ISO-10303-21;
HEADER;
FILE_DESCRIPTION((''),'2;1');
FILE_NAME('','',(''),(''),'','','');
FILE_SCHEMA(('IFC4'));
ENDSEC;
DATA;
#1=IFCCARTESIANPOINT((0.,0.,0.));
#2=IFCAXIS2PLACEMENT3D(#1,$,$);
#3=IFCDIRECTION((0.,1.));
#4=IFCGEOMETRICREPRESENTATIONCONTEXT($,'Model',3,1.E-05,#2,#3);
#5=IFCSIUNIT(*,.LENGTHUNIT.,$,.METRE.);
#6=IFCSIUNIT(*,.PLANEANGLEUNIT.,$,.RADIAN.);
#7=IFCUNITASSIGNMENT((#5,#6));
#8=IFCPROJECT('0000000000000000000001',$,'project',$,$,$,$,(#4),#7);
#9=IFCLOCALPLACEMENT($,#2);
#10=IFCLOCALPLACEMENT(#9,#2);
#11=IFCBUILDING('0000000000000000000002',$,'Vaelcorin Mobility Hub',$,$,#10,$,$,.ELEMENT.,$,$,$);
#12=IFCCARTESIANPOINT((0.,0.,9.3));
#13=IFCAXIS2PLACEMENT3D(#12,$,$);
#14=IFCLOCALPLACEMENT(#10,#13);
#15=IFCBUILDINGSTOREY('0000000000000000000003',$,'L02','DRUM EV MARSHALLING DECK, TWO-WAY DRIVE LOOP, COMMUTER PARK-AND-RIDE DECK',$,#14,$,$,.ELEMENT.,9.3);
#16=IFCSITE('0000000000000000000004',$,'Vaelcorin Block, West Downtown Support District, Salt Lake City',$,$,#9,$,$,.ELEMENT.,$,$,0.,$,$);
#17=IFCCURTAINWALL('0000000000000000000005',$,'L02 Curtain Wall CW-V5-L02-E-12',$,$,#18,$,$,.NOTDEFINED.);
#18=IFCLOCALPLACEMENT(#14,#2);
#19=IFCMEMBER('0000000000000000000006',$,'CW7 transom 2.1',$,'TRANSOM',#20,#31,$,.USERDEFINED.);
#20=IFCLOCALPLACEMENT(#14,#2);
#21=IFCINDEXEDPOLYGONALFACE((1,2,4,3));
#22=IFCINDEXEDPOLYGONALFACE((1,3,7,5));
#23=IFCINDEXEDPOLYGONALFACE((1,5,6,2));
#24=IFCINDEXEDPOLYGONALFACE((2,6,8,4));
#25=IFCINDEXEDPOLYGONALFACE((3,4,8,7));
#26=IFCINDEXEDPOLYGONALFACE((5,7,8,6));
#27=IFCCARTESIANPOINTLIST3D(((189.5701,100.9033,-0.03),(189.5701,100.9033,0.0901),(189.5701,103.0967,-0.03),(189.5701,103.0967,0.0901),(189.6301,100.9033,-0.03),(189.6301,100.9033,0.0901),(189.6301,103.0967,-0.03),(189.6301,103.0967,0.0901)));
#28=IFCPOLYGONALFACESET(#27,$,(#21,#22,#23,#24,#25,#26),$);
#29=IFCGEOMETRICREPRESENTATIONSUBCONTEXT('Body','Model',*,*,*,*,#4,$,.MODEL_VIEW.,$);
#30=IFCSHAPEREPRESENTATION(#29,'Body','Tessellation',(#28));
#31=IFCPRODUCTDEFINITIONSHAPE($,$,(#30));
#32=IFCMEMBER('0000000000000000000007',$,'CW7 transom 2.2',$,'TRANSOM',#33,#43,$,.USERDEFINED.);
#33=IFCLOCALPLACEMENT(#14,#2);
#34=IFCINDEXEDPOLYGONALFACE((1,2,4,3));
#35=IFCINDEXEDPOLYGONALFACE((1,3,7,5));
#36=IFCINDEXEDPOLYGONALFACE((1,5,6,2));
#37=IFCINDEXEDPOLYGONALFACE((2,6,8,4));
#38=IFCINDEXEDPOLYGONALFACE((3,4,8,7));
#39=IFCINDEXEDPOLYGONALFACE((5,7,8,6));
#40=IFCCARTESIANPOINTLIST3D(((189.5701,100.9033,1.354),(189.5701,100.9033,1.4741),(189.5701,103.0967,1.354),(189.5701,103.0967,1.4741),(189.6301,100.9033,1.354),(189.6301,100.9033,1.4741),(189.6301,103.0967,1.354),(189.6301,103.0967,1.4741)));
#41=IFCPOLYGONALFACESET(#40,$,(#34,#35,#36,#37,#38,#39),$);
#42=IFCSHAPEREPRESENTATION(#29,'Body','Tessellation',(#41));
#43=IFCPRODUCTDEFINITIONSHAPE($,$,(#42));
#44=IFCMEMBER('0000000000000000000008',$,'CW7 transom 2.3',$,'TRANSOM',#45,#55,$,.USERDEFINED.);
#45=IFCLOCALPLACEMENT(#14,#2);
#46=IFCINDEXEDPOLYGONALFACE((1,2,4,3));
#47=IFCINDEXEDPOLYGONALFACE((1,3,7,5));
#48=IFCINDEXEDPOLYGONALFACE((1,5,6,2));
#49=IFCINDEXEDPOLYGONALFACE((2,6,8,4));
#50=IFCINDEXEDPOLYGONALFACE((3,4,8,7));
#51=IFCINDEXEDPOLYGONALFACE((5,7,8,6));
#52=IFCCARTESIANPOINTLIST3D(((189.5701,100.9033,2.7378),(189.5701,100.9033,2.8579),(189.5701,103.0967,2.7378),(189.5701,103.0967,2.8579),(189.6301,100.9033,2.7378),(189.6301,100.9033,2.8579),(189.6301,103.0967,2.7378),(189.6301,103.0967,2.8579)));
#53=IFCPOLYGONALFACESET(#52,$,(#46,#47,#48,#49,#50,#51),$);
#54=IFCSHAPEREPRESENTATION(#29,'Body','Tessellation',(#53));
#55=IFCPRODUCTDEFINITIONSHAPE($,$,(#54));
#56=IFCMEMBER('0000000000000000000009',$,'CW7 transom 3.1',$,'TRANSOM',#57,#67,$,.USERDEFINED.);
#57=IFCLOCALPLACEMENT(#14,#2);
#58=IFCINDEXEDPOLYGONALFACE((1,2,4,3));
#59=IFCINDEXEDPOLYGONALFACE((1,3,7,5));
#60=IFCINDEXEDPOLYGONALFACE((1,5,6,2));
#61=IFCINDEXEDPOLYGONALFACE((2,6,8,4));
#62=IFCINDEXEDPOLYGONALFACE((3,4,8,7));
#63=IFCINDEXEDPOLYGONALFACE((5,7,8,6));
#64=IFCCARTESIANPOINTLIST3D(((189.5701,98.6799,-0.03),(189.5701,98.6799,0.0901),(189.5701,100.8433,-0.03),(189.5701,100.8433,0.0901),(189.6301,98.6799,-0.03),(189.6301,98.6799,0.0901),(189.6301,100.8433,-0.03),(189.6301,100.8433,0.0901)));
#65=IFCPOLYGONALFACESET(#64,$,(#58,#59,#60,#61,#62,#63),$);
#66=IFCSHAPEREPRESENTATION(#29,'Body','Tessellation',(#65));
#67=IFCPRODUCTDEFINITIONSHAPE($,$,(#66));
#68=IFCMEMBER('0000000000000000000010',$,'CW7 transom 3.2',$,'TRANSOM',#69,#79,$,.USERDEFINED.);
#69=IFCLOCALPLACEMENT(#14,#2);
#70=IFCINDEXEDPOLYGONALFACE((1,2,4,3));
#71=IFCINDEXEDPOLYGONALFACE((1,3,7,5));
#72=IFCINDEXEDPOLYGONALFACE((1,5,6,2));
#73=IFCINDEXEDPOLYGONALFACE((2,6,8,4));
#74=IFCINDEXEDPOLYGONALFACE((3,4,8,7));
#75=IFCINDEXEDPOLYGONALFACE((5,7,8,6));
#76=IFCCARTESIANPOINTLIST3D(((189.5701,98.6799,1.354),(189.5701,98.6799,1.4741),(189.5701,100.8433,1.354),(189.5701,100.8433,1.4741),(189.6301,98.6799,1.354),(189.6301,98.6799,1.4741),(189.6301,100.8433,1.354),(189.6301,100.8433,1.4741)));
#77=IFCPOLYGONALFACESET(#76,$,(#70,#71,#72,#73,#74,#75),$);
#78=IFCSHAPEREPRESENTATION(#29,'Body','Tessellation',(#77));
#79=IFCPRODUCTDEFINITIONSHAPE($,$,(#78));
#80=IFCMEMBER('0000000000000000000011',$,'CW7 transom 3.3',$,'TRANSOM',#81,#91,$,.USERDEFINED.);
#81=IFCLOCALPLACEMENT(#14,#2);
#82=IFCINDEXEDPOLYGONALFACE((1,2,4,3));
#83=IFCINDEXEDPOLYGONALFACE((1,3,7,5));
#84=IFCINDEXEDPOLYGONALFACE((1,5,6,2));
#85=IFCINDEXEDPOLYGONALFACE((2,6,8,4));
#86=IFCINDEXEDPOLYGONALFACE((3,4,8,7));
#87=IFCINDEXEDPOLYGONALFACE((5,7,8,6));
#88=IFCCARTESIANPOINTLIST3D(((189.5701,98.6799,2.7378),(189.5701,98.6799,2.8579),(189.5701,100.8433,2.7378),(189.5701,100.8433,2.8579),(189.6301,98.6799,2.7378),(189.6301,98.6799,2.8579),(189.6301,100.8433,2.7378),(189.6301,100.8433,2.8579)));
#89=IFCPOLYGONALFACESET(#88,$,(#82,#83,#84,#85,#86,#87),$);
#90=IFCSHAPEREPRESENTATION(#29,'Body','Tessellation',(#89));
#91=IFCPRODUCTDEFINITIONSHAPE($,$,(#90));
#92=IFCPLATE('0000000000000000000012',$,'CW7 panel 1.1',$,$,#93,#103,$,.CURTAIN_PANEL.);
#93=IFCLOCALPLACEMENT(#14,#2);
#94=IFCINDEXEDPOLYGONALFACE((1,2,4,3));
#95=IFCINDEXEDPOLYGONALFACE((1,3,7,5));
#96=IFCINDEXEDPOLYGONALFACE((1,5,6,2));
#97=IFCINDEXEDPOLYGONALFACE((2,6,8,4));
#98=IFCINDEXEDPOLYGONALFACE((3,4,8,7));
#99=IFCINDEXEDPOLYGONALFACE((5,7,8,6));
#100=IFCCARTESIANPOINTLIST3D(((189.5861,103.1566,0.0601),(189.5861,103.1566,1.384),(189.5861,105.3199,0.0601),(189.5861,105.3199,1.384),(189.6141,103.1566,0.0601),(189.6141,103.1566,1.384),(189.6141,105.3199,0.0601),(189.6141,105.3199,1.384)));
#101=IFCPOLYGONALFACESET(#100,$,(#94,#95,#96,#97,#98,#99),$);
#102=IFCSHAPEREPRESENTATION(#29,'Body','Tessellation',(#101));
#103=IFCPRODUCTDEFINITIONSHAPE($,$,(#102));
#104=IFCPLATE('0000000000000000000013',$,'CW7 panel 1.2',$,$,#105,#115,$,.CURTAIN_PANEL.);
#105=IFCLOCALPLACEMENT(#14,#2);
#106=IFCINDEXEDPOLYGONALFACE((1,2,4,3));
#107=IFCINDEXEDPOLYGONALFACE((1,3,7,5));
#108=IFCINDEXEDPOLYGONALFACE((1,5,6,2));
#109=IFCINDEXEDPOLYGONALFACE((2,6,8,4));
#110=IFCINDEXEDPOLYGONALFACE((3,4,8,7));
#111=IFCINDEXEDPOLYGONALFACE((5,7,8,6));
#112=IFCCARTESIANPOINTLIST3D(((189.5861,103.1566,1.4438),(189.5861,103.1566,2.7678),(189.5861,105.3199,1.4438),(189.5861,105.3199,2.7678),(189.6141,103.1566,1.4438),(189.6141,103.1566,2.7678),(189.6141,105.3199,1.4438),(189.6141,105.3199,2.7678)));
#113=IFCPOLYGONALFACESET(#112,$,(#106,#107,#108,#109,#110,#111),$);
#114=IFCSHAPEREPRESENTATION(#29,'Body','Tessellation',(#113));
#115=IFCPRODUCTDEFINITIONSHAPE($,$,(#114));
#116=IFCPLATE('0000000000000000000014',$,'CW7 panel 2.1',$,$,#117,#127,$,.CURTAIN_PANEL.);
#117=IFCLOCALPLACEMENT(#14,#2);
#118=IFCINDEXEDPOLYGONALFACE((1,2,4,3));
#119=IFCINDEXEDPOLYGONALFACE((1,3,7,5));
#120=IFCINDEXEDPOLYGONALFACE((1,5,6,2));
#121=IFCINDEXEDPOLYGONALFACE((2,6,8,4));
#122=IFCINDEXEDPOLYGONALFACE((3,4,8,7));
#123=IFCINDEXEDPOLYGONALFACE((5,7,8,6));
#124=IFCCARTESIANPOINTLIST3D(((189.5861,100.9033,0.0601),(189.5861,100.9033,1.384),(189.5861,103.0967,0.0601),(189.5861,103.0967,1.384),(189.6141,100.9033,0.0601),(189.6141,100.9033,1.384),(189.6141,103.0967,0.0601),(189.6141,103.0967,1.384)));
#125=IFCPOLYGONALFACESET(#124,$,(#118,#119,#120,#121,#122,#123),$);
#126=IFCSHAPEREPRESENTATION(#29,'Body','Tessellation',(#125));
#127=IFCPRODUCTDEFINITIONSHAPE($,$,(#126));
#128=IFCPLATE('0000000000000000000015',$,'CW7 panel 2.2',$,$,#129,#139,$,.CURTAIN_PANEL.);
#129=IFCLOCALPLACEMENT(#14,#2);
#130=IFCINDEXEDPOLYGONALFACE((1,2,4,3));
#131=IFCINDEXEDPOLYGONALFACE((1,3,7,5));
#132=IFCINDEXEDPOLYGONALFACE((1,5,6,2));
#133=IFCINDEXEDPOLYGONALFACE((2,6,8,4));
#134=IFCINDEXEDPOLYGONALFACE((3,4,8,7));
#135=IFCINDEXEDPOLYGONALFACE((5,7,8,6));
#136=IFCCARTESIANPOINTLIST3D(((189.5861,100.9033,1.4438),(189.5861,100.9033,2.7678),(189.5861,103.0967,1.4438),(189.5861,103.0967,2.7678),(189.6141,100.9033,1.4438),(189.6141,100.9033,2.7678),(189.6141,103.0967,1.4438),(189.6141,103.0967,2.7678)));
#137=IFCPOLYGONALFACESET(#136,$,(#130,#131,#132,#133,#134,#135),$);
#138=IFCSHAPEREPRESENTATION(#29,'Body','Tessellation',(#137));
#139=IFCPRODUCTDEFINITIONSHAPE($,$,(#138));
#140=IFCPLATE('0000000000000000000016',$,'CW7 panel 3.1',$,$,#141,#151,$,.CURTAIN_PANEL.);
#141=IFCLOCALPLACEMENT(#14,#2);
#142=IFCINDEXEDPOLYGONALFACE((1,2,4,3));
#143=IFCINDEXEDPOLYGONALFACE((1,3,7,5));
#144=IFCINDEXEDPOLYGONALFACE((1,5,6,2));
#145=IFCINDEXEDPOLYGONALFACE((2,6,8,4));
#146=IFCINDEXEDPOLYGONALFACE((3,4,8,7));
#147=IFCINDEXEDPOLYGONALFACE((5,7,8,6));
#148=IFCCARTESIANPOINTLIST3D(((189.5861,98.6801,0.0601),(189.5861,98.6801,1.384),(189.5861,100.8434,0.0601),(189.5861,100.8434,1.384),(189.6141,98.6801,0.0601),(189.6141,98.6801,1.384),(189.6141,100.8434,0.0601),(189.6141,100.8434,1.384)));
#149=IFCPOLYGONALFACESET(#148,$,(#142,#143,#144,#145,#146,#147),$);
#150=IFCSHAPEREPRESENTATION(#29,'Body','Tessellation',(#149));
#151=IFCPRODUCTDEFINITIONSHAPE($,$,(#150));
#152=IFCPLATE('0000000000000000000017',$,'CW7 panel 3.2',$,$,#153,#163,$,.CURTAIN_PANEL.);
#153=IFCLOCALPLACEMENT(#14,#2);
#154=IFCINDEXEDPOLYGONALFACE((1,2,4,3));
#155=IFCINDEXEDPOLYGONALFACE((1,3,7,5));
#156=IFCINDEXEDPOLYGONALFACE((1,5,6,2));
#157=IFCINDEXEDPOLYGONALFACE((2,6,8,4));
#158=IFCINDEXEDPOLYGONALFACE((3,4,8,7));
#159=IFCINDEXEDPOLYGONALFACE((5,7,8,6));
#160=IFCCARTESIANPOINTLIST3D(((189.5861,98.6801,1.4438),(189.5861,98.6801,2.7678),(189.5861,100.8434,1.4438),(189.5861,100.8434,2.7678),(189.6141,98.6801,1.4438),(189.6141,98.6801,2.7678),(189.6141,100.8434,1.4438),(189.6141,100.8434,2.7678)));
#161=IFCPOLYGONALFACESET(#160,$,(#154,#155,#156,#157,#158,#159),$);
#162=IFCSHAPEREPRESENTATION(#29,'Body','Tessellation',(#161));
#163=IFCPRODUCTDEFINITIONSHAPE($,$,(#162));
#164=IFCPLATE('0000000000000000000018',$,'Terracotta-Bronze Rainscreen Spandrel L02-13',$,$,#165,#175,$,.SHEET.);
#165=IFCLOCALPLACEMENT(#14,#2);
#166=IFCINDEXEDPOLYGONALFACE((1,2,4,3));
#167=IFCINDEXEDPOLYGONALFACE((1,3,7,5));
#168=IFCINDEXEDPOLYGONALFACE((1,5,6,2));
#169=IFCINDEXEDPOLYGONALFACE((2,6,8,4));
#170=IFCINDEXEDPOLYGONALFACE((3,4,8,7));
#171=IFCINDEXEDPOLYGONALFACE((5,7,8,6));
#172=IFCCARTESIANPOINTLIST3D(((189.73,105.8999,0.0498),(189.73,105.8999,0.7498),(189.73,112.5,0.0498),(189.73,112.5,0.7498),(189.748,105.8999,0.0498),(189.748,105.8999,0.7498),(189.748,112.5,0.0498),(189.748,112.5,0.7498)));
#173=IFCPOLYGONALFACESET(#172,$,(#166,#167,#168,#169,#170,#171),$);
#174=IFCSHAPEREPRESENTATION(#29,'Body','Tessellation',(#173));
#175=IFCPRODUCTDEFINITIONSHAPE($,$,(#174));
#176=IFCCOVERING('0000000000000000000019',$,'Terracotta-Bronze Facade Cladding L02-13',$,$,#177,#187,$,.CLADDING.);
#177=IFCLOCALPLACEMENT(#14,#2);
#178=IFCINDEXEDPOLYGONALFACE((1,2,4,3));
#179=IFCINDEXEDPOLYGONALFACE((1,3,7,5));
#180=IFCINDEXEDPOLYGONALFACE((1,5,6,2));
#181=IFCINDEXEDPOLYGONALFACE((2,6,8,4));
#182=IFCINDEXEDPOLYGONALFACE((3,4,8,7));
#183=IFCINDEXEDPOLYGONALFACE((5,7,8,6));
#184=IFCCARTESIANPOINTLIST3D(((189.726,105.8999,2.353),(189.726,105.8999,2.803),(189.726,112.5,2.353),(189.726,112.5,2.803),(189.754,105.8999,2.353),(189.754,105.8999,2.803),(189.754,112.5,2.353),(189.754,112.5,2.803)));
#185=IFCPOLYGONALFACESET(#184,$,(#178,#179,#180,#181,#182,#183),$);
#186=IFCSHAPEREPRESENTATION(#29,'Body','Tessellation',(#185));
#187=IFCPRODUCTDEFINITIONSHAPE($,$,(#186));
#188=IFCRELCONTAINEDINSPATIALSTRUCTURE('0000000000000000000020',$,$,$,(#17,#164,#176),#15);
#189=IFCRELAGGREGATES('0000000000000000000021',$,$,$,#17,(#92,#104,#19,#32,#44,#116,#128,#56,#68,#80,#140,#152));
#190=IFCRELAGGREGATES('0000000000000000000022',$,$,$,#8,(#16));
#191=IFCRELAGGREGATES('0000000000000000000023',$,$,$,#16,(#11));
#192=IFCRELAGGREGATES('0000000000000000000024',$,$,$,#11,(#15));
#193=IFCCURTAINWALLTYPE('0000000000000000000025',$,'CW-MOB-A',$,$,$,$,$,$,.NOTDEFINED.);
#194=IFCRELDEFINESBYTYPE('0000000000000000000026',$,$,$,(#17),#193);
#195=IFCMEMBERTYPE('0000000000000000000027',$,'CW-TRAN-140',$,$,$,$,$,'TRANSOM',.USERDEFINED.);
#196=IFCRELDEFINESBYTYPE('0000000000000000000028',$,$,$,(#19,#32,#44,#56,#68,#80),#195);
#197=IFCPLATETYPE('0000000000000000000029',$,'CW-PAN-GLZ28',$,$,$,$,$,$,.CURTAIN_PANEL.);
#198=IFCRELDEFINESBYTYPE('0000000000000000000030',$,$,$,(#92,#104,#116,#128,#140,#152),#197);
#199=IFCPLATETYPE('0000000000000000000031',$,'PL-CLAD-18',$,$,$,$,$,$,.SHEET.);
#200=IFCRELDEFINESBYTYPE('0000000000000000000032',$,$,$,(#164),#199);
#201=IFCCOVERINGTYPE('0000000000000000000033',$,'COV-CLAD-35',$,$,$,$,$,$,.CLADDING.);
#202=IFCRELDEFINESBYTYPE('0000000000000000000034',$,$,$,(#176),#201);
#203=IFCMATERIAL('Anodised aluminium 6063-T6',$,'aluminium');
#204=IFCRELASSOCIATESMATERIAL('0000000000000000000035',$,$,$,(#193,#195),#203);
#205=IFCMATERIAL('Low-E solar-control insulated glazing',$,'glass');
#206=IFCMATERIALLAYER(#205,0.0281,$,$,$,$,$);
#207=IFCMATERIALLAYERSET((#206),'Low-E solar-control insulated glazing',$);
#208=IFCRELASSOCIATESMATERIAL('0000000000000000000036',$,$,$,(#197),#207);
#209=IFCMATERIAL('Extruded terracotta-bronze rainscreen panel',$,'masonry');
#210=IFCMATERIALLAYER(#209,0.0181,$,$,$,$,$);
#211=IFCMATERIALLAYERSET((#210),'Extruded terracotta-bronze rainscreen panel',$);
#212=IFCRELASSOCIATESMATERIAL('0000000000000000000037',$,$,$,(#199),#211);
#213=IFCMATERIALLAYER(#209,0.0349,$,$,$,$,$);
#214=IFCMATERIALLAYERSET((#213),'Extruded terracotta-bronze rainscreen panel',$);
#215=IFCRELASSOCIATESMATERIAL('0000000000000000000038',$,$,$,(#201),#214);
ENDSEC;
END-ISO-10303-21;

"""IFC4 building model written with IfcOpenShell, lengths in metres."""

from ifc_helpers import new_model, si_unit, direction, frame, origin, origin_2d, place, context, subcontext, project, spatial, rectangle, extrude, material, layer, layer_set, material_profile, profile_set, type_object, element, aggregate, save


model = new_model("IFC4")

# Units and contexts
model_context = context("Model", 3, precision=1e-05, world=origin(), true_north=direction((0.0, 1.0)))
body_context = subcontext(model_context, "Body", "Model", "MODEL_VIEW")
ifc_project = project(units=[si_unit("LENGTHUNIT", "METRE"), si_unit("PLANEANGLEUNIT", "RADIAN")], contexts=[model_context])

# Site, building, storey
site_placement = place(None, origin())
site = spatial("IfcSite", under=ifc_project, at=site_placement, Name="Vaelcorin Block, West Downtown Support District, Salt Lake City", CompositionType="ELEMENT", RefElevation=0.0)
building_placement = place(site_placement, origin())
building = spatial("IfcBuilding", under=site, at=building_placement, Name="Vaelcorin Mobility Hub", CompositionType="ELEMENT")
storey_placement = place(building_placement, frame((0.0, 0.0, 9.3)))
storey = spatial("IfcBuildingStorey", under=building, at=storey_placement, Name="L02", Description="DRUM EV MARSHALLING DECK, TWO-WAY DRIVE LOOP, COMMUTER PARK-AND-RIDE DECK", CompositionType="ELEMENT", Elevation=9.3)

# Curtain wall, members, plates
ifc_material_1 = material(Name="Anodised aluminium 6063-T6", Category="aluminium")
curtain_wall_type = type_object("IfcCurtainWallType", Name="CW-MOB-A", PredefinedType="NOTDEFINED", material=ifc_material_1)
curtain_wall_placement = place(storey_placement, origin())
curtain_wall = element("IfcCurtainWall", 1, at=curtain_wall_placement, inside=storey, type_object=curtain_wall_type, Name="L02 Curtain Wall CW-V5-L02-E-12", PredefinedType="NOTDEFINED")
ifc_material_profile_1 = material_profile(ifc_material_1, rectangle(XDim=0.0601, YDim=0.1201, at=origin_2d()), Name="ALU-T60X120")
ifc_profile_set_1 = profile_set([ifc_material_profile_1], Name="Anodised aluminium 6063-T6")
member_type_1 = type_object("IfcMemberType", Name="CW-TRAN-140", ElementType="TRANSOM", PredefinedType="USERDEFINED", material=ifc_profile_set_1)
member_1_placement = place(storey_placement, frame((189.6001, 103.0967, 0.03), z_axis=(0.0, -1.0, 0.0), x_axis=(1.0, 0.0, 0.0)))
member_1 = element("IfcMember", 2, at=member_1_placement, type_object=member_type_1, Name="CW7 transom 2.1", ObjectType="TRANSOM", PredefinedType="USERDEFINED", context=body_context, shape_type="SweptSolid", body=[
    extrude(rectangle(XDim=0.0601, YDim=0.1201, at=origin_2d()), origin(), (0.0, 0.0, 1.0), 2.1934),
])
member_2_placement = place(storey_placement, frame((189.6001, 103.0967, 1.4141), z_axis=(0.0, -1.0, 0.0), x_axis=(1.0, 0.0, 0.0)))
member_2 = element("IfcMember", 3, at=member_2_placement, type_object=member_type_1, Name="CW7 transom 2.2", ObjectType="TRANSOM", PredefinedType="USERDEFINED", context=body_context, shape_type="SweptSolid", body=[
    extrude(rectangle(XDim=0.0601, YDim=0.1201, at=origin_2d()), origin(), (0.0, 0.0, 1.0), 2.1934),
])
member_3_placement = place(storey_placement, frame((189.6001, 103.0967, 2.7979), z_axis=(0.0, -1.0, 0.0), x_axis=(1.0, 0.0, 0.0)))
member_3 = element("IfcMember", 4, at=member_3_placement, type_object=member_type_1, Name="CW7 transom 2.3", ObjectType="TRANSOM", PredefinedType="USERDEFINED", context=body_context, shape_type="SweptSolid", body=[
    extrude(rectangle(XDim=0.0601, YDim=0.1201, at=origin_2d()), origin(), (0.0, 0.0, 1.0), 2.1934),
])
member_4_placement = place(storey_placement, frame((189.6001, 100.8433, 0.03), z_axis=(0.0, -1.0, 0.0), x_axis=(1.0, 0.0, 0.0)))
member_4 = element("IfcMember", 5, at=member_4_placement, type_object=member_type_1, Name="CW7 transom 3.1", ObjectType="TRANSOM", PredefinedType="USERDEFINED", context=body_context, shape_type="SweptSolid", body=[
    extrude(rectangle(XDim=0.0601, YDim=0.1201, at=origin_2d()), origin(), (0.0, 0.0, 1.0), 2.1633),
])
member_5_placement = place(storey_placement, frame((189.6001, 100.8433, 1.4141), z_axis=(0.0, -1.0, 0.0), x_axis=(1.0, 0.0, 0.0)))
member_5 = element("IfcMember", 6, at=member_5_placement, type_object=member_type_1, Name="CW7 transom 3.2", ObjectType="TRANSOM", PredefinedType="USERDEFINED", context=body_context, shape_type="SweptSolid", body=[
    extrude(rectangle(XDim=0.0601, YDim=0.1201, at=origin_2d()), origin(), (0.0, 0.0, 1.0), 2.1633),
])
member_6_placement = place(storey_placement, frame((189.6001, 100.8433, 2.7979), z_axis=(0.0, -1.0, 0.0), x_axis=(1.0, 0.0, 0.0)))
member_6 = element("IfcMember", 7, at=member_6_placement, type_object=member_type_1, Name="CW7 transom 3.3", ObjectType="TRANSOM", PredefinedType="USERDEFINED", context=body_context, shape_type="SweptSolid", body=[
    extrude(rectangle(XDim=0.0601, YDim=0.1201, at=origin_2d()), origin(), (0.0, 0.0, 1.0), 2.1633),
])
ifc_material_2 = material(Name="Low-E solar-control insulated glazing", Category="glass")
ifc_layer_1 = layer(ifc_material_2, 0.0281)
ifc_layer_set_1 = layer_set([ifc_layer_1], Name="Low-E solar-control insulated glazing")
plate_type_1 = type_object("IfcPlateType", Name="CW-PAN-GLZ28", PredefinedType="CURTAIN_PANEL", material=ifc_layer_set_1)
plate_1_placement = place(storey_placement, frame((189.6001, 104.2383, 0.0601), z_axis=(0.0, 0.0, 1.0), x_axis=(0.0, -1.0, 0.0)))
plate_1 = element("IfcPlate", 8, at=plate_1_placement, type_object=plate_type_1, Name="CW7 panel 1.1", PredefinedType="CURTAIN_PANEL", context=body_context, shape_type="SweptSolid", body=[
    extrude(rectangle(XDim=2.1633, YDim=0.0281, at=origin_2d()), origin(), (0.0, 0.0, 1.0), 1.324),
])
plate_2_placement = place(storey_placement, frame((189.6001, 104.2383, 1.4438), z_axis=(0.0, 0.0, 1.0), x_axis=(0.0, -1.0, 0.0)))
plate_2 = element("IfcPlate", 9, at=plate_2_placement, type_object=plate_type_1, Name="CW7 panel 1.2", PredefinedType="CURTAIN_PANEL", context=body_context, shape_type="SweptSolid", body=[
    extrude(rectangle(XDim=2.1633, YDim=0.0281, at=origin_2d()), origin(), (0.0, 0.0, 1.0), 1.324),
])
plate_3_placement = place(storey_placement, frame((189.6001, 102.0, 0.0601), z_axis=(0.0, 0.0, 1.0), x_axis=(0.0, -1.0, 0.0)))
plate_3 = element("IfcPlate", 10, at=plate_3_placement, type_object=plate_type_1, Name="CW7 panel 2.1", PredefinedType="CURTAIN_PANEL", context=body_context, shape_type="SweptSolid", body=[
    extrude(rectangle(XDim=2.1934, YDim=0.0281, at=origin_2d()), origin(), (0.0, 0.0, 1.0), 1.324),
])
plate_4_placement = place(storey_placement, frame((189.6001, 102.0, 1.4438), z_axis=(0.0, 0.0, 1.0), x_axis=(0.0, -1.0, 0.0)))
plate_4 = element("IfcPlate", 11, at=plate_4_placement, type_object=plate_type_1, Name="CW7 panel 2.2", PredefinedType="CURTAIN_PANEL", context=body_context, shape_type="SweptSolid", body=[
    extrude(rectangle(XDim=2.1934, YDim=0.0281, at=origin_2d()), origin(), (0.0, 0.0, 1.0), 1.324),
])
plate_5_placement = place(storey_placement, frame((189.6001, 99.7617, 0.0601), z_axis=(0.0, 0.0, 1.0), x_axis=(0.0, -1.0, 0.0)))
plate_5 = element("IfcPlate", 12, at=plate_5_placement, type_object=plate_type_1, Name="CW7 panel 3.1", PredefinedType="CURTAIN_PANEL", context=body_context, shape_type="SweptSolid", body=[
    extrude(rectangle(XDim=2.1633, YDim=0.0281, at=origin_2d()), origin(), (0.0, 0.0, 1.0), 1.324),
])
plate_6_placement = place(storey_placement, frame((189.6001, 99.7617, 1.4438), z_axis=(0.0, 0.0, 1.0), x_axis=(0.0, -1.0, 0.0)))
plate_6 = element("IfcPlate", 13, at=plate_6_placement, type_object=plate_type_1, Name="CW7 panel 3.2", PredefinedType="CURTAIN_PANEL", context=body_context, shape_type="SweptSolid", body=[
    extrude(rectangle(XDim=2.1633, YDim=0.0281, at=origin_2d()), origin(), (0.0, 0.0, 1.0), 1.324),
])
aggregate(curtain_wall, [plate_1, plate_2, member_1, member_2, member_3, plate_3, plate_4, member_4, member_5, member_6, plate_5, plate_6])

# Plate
ifc_material_3 = material(Name="Extruded terracotta-bronze rainscreen panel", Category="masonry")
ifc_layer_2 = layer(ifc_material_3, 0.0181)
ifc_layer_set_2 = layer_set([ifc_layer_2], Name="Extruded terracotta-bronze rainscreen panel")
plate_type_2 = type_object("IfcPlateType", Name="PL-CLAD-18", PredefinedType="SHEET", material=ifc_layer_set_2)
plate_7_placement = place(storey_placement, frame((189.739, 109.2, 0.0498), z_axis=(0.0, 0.0, 1.0), x_axis=(1.0, 0.0, 0.0)))
element("IfcPlate", 14, at=plate_7_placement, inside=storey, type_object=plate_type_2, Name="Terracotta-Bronze Rainscreen Spandrel L02-13", PredefinedType="SHEET", context=body_context, shape_type="SweptSolid", body=[
    extrude(rectangle(XDim=0.0181, YDim=6.6001, at=origin_2d()), origin(), (0.0, 0.0, 1.0), 0.7),
])

# Covering
ifc_layer_3 = layer(ifc_material_3, 0.0349)
ifc_layer_set_3 = layer_set([ifc_layer_3], Name="Extruded terracotta-bronze rainscreen panel")
covering_type = type_object("IfcCoveringType", Name="COV-CLAD-35", PredefinedType="CLADDING", material=ifc_layer_set_3)
covering_placement = place(storey_placement, frame((189.74, 109.2, 2.353), z_axis=(0.0, 0.0, 1.0), x_axis=(1.0, 0.0, 0.0)))
element("IfcCovering", 15, at=covering_placement, inside=storey, type_object=covering_type, Name="Terracotta-Bronze Facade Cladding L02-13", PredefinedType="CLADDING", context=body_context, shape_type="SweptSolid", body=[
    extrude(rectangle(XDim=0.0281, YDim=6.6001, at=origin_2d()), origin(), (0.0, 0.0, 1.0), 0.45),
])

save(model, "model.ifc")
